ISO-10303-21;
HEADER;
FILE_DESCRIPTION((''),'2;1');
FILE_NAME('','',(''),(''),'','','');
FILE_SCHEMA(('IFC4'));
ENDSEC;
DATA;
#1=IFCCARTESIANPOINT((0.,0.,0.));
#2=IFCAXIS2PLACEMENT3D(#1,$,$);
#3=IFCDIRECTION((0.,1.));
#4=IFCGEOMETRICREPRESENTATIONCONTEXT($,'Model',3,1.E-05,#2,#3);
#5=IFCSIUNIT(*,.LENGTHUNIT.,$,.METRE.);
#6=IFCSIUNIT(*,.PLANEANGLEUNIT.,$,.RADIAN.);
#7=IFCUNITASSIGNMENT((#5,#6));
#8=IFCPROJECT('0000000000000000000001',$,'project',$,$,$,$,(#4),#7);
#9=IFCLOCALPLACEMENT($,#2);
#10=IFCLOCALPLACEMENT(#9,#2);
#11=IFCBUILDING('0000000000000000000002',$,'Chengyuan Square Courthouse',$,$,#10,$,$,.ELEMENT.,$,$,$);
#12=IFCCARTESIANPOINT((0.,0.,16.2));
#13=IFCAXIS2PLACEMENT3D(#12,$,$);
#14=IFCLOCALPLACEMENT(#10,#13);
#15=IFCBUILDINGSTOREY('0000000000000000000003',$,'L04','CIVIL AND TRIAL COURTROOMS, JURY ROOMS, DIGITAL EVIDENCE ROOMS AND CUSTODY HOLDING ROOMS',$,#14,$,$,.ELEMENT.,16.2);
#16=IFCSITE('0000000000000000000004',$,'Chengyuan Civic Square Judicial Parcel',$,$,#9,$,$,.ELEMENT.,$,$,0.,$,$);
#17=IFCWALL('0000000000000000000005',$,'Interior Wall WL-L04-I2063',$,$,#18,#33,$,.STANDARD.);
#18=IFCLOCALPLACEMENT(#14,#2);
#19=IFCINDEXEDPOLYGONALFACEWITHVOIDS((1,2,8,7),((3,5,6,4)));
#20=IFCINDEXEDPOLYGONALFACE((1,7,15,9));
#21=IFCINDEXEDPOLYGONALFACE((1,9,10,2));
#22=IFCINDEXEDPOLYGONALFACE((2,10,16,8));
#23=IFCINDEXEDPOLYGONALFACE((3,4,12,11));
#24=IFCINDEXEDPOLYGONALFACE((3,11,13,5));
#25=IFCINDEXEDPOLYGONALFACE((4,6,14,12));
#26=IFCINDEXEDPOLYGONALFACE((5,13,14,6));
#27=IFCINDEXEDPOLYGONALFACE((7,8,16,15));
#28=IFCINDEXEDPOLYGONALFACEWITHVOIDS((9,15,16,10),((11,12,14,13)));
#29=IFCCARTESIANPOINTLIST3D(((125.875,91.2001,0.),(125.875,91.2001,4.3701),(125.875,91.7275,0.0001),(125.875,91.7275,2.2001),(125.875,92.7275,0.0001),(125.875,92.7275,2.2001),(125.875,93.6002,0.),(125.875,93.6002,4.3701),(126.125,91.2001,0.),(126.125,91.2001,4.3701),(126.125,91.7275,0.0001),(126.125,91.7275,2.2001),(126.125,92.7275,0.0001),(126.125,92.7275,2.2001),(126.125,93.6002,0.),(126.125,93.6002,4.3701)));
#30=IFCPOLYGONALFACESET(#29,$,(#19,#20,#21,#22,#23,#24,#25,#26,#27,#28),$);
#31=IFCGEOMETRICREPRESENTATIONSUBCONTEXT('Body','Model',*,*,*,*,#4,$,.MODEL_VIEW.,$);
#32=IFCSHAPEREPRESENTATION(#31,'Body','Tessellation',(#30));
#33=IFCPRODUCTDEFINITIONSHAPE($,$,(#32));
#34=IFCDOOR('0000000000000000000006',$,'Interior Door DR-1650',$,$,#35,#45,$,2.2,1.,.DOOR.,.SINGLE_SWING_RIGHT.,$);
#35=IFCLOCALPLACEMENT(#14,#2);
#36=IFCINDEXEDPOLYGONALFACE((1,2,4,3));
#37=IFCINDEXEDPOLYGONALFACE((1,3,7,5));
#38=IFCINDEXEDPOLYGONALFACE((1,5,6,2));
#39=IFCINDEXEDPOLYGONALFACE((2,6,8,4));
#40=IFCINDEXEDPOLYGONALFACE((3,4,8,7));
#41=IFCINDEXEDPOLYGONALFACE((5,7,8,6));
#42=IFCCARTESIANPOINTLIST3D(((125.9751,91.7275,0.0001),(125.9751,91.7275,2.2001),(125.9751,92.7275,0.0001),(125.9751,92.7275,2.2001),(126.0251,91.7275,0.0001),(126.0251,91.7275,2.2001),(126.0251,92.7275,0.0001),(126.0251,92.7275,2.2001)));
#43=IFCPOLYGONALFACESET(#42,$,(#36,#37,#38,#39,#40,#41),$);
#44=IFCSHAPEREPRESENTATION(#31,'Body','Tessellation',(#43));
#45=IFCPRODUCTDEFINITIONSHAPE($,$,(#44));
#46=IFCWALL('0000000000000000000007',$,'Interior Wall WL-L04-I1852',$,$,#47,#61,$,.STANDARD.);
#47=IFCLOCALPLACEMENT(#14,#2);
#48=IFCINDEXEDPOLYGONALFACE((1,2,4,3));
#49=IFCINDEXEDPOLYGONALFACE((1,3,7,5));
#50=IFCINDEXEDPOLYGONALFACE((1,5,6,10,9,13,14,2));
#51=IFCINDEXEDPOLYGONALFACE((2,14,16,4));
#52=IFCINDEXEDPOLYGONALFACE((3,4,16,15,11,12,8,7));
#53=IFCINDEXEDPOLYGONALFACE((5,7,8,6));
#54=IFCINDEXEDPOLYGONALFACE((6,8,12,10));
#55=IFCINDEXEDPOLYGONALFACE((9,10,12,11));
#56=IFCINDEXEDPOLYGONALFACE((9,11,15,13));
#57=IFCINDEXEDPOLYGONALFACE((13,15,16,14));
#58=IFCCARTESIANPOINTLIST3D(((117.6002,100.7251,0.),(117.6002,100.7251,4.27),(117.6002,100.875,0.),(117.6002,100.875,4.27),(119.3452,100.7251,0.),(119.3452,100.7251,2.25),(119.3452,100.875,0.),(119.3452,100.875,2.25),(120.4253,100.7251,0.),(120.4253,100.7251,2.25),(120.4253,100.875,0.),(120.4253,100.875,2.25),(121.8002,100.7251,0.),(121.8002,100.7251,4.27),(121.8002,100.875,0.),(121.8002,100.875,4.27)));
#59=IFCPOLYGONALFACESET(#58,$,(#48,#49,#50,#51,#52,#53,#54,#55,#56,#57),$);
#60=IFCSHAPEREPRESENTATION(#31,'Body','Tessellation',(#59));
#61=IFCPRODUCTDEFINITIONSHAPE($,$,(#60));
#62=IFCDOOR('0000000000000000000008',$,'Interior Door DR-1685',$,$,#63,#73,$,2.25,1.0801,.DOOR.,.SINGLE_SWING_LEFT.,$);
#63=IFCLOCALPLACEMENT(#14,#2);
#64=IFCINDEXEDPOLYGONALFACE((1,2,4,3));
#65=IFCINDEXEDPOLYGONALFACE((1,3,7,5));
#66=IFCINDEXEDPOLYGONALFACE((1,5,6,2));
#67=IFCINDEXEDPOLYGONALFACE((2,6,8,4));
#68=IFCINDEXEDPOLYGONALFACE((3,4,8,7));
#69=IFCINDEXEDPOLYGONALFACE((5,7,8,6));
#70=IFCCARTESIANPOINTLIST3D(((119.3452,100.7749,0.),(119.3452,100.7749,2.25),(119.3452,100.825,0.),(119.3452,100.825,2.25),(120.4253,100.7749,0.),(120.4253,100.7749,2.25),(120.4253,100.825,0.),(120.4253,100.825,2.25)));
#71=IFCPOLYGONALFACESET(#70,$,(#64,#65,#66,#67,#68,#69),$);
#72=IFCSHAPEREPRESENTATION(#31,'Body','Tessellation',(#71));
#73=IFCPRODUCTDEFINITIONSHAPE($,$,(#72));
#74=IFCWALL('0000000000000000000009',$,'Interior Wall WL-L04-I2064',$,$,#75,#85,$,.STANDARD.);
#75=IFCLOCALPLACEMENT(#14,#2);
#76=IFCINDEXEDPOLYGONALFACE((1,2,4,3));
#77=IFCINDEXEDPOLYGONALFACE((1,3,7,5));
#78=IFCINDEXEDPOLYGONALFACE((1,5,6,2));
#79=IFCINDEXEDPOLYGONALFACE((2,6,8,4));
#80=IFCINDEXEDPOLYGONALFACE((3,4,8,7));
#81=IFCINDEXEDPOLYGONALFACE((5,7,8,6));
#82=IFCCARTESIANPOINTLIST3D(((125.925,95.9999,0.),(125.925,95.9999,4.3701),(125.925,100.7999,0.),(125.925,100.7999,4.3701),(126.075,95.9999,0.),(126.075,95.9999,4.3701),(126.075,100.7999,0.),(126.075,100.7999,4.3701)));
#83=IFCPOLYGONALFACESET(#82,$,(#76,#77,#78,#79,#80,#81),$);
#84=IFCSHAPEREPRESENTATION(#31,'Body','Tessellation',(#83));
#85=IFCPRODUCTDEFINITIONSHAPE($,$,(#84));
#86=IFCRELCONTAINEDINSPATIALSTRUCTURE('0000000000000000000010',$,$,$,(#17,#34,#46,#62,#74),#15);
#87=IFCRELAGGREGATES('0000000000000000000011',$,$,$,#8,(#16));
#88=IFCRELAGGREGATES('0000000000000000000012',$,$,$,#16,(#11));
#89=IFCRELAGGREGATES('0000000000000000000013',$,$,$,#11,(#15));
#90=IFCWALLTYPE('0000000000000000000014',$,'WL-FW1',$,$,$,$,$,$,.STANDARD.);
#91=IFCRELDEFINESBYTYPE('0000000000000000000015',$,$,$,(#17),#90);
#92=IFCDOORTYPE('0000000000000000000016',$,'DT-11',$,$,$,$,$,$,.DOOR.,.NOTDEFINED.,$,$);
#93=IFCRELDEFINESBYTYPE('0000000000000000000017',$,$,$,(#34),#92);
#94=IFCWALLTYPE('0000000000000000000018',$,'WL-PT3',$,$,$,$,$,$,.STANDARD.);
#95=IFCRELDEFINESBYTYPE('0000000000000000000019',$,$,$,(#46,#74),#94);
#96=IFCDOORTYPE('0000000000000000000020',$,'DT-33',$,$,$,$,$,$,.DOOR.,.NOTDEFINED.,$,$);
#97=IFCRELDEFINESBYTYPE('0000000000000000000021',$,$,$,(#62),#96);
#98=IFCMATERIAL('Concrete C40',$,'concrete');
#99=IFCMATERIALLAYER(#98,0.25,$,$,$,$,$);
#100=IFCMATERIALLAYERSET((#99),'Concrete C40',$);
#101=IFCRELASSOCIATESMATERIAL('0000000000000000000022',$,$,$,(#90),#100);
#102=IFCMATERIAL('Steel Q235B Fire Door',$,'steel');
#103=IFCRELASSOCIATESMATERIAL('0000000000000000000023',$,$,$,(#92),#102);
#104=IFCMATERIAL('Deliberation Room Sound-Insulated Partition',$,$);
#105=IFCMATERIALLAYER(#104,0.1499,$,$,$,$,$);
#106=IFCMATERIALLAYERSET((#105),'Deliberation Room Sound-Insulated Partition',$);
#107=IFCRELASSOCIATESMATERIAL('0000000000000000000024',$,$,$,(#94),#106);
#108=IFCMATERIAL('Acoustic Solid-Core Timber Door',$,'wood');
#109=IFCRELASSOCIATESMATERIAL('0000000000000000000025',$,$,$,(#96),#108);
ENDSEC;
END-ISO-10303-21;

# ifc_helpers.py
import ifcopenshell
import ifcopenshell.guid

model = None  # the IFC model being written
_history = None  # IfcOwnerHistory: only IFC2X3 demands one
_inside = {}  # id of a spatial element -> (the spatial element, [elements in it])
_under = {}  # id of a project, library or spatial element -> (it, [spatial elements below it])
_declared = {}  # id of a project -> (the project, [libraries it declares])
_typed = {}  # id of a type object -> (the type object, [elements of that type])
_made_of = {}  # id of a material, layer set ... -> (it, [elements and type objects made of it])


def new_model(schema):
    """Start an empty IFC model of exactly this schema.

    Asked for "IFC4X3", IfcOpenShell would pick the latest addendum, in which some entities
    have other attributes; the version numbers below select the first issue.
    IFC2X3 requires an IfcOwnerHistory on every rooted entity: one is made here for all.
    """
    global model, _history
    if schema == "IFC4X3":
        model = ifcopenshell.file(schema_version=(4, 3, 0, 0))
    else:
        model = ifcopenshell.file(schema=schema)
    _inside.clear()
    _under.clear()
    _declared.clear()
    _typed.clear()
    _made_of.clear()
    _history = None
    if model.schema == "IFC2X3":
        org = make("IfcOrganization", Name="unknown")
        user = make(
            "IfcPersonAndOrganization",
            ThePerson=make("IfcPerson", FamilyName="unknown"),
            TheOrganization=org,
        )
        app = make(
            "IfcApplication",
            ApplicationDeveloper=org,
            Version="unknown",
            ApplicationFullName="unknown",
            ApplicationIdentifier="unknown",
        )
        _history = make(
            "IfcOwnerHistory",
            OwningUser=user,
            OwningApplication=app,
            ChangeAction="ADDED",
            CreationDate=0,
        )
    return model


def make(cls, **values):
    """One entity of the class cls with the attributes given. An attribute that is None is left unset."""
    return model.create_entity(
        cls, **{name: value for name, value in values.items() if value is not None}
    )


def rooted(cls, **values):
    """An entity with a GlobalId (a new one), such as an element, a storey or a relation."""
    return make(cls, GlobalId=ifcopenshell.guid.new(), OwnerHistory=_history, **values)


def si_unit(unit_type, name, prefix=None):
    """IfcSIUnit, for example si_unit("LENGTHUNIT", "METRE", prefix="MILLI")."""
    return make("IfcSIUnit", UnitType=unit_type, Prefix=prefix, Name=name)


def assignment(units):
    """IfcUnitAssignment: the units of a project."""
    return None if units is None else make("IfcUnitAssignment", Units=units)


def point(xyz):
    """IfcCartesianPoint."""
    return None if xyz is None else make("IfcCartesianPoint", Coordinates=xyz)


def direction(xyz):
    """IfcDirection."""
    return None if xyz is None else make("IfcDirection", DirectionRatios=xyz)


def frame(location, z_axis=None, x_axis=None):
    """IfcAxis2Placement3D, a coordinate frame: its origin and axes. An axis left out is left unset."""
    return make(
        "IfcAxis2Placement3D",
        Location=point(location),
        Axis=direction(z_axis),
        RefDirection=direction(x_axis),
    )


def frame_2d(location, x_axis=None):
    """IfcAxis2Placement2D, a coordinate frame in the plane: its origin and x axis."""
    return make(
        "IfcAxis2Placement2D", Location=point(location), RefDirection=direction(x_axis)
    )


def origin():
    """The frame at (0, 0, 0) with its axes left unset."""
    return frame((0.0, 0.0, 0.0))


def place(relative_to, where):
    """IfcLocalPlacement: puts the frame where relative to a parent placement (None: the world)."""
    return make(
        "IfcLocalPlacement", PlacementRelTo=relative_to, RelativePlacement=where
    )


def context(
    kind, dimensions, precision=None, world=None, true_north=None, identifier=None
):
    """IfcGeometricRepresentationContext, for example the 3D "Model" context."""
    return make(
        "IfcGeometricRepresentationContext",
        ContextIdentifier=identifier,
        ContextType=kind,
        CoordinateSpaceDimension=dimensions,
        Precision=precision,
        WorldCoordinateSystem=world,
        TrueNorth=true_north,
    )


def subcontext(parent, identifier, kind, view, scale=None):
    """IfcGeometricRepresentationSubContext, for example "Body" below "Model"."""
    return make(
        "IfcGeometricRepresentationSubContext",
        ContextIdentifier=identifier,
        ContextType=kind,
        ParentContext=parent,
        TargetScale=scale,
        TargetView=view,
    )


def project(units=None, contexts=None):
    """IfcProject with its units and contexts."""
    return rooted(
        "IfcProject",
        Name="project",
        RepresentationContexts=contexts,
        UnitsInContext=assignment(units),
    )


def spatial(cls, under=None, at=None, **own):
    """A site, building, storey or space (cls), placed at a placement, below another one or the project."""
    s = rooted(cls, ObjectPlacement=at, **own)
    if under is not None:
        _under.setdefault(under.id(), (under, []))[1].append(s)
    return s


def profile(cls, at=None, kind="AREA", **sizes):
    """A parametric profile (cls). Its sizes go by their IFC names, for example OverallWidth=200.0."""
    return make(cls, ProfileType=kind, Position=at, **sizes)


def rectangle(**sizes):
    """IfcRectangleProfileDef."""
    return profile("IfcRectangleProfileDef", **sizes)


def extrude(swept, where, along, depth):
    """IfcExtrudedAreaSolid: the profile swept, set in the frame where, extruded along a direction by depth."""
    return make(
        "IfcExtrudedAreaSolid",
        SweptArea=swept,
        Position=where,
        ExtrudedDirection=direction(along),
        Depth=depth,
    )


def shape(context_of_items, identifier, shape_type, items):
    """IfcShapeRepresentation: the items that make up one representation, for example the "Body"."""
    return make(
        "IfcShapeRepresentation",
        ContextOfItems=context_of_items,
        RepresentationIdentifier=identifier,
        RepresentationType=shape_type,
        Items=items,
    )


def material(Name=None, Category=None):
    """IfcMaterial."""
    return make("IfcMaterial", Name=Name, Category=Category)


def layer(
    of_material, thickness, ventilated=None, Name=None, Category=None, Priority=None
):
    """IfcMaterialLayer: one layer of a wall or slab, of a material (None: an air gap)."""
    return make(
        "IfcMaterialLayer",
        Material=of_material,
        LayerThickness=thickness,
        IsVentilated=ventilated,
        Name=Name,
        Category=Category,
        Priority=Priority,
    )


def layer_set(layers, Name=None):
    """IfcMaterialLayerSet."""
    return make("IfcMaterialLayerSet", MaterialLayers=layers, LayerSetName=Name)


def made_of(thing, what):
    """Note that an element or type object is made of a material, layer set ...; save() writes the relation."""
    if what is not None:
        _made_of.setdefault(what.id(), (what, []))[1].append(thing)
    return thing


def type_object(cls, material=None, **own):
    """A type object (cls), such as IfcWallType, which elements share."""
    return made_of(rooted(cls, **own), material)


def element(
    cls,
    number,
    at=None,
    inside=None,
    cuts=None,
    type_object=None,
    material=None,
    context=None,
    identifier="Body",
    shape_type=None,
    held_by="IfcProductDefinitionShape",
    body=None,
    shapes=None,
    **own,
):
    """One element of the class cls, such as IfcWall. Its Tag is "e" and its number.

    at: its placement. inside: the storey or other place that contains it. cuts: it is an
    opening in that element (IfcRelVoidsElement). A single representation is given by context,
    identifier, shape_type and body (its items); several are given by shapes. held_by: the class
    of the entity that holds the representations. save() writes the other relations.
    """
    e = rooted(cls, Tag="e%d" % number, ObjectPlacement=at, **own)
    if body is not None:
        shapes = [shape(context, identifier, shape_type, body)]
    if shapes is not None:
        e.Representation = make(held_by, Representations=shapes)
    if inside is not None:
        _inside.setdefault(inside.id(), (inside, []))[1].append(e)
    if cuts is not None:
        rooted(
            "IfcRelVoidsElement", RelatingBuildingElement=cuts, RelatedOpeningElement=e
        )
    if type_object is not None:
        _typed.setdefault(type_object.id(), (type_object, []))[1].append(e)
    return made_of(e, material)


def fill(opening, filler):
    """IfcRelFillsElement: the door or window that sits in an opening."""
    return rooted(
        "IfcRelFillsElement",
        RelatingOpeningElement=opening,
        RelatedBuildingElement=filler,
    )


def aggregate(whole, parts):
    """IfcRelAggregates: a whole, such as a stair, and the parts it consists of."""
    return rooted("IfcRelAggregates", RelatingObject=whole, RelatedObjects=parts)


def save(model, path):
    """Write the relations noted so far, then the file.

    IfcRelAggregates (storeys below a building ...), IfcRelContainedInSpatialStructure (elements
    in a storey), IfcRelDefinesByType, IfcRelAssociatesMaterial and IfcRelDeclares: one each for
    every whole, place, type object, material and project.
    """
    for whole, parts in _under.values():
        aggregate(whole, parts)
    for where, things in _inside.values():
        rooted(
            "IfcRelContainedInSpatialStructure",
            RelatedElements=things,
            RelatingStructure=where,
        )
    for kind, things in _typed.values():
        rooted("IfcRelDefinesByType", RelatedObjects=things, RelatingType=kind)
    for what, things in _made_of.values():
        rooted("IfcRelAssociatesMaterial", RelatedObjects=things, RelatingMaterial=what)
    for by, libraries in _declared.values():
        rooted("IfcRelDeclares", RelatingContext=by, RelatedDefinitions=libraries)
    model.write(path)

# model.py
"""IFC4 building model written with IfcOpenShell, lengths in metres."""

from ifc_helpers import new_model, si_unit, direction, frame, frame_2d, origin, place, context, subcontext, project, spatial, rectangle, extrude, material, layer, layer_set, type_object, element, fill, save


model = new_model("IFC4")

# Units and contexts
model_context = context("Model", 3, precision=1e-05, world=origin(), true_north=direction((0.0, 1.0)))
body_context = subcontext(model_context, "Body", "Model", "MODEL_VIEW")
ifc_project = project(units=[si_unit("LENGTHUNIT", "METRE"), si_unit("PLANEANGLEUNIT", "RADIAN")], contexts=[model_context])

# Site, building, storey
site_placement = place(None, origin())
site = spatial("IfcSite", under=ifc_project, at=site_placement, Name="Chengyuan Civic Square Judicial Parcel", CompositionType="ELEMENT", RefElevation=0.0)
building_placement = place(site_placement, origin())
building = spatial("IfcBuilding", under=site, at=building_placement, Name="Chengyuan Square Courthouse", CompositionType="ELEMENT")
storey_placement = place(building_placement, frame((0.0, 0.0, 16.2)))
storey = spatial("IfcBuildingStorey", under=building, at=storey_placement, Name="L04", Description="CIVIL AND TRIAL COURTROOMS, JURY ROOMS, DIGITAL EVIDENCE ROOMS AND CUSTODY HOLDING ROOMS", CompositionType="ELEMENT", Elevation=16.2)

# Shared definitions
ifc_material_1 = material(Name="Concrete C40", Category="concrete")

# Shared definitions
ifc_layer_1 = layer(ifc_material_1, 0.25)
ifc_layer_set_1 = layer_set([ifc_layer_1], Name="Concrete C40")
wall_type_1 = type_object("IfcWallType", Name="WL-FW1", PredefinedType="STANDARD", material=ifc_layer_set_1)

# Walls, openings, doors
ifc_material_2 = material(Name="Steel Q235B Fire Door", Category="steel")
door_type_1 = type_object("IfcDoorType", Name="DT-11", OperationType="NOTDEFINED", PredefinedType="DOOR", material=ifc_material_2)
wall_1_placement = place(storey_placement, frame((126.0, 91.2, 0.0), z_axis=(0.0, 0.0, 1.0), x_axis=(0.0, 1.0, 0.0)))
wall_1 = element("IfcWall", 1, at=wall_1_placement, inside=storey, type_object=wall_type_1, Name="Interior Wall WL-L04-I2063", PredefinedType="STANDARD", context=body_context, shape_type="SweptSolid", body=[
    extrude(rectangle(XDim=2.4001, YDim=0.25, at=frame_2d((1.2002, 0.0))), origin(), (0.0, 0.0, 1.0), 4.3701),
])
opening_1_placement = place(wall_1_placement, frame((0.5276, 0.0, 0.0)))
opening_1 = element("IfcOpeningElement", 2, at=opening_1_placement, cuts=wall_1, PredefinedType="OPENING", context=body_context, shape_type="SweptSolid", body=[
    extrude(rectangle(XDim=1.0, YDim=2.2, at=frame_2d((0.5, 1.1001))), frame((0.0, 0.137, 0.0), z_axis=(0.0, -1.0, 0.0), x_axis=(1.0, 0.0, 0.0)), (0.0, 0.0, 1.0), 0.2739),
])
door_1_placement = place(opening_1_placement, origin())
door_1 = element("IfcDoor", 3, at=door_1_placement, inside=storey, type_object=door_type_1, Name="Interior Door DR-1650", OperationType="SINGLE_SWING_RIGHT", OverallHeight=2.2, OverallWidth=1.0, PredefinedType="DOOR", context=body_context, shape_type="SweptSolid", body=[
    extrude(rectangle(XDim=1.0, YDim=2.2, at=frame_2d((0.5, 1.1001))), frame((0.0, 0.0249, 0.0), z_axis=(0.0, -1.0, 0.0), x_axis=(1.0, 0.0, 0.0)), (0.0, 0.0, 1.0), 0.05),
])
fill(opening_1, door_1)
ifc_material_3 = material(Name="Deliberation Room Sound-Insulated Partition")
ifc_layer_2 = layer(ifc_material_3, 0.1499)
ifc_layer_set_2 = layer_set([ifc_layer_2], Name="Deliberation Room Sound-Insulated Partition")
wall_type_2 = type_object("IfcWallType", Name="WL-PT3", PredefinedType="STANDARD", material=ifc_layer_set_2)
wall_2_placement = place(storey_placement, frame((117.6001, 100.8, 0.0), z_axis=(0.0, 0.0, 1.0), x_axis=(1.0, 0.0, 0.0)))
wall_2 = element("IfcWall", 4, at=wall_2_placement, inside=storey, type_object=wall_type_2, Name="Interior Wall WL-L04-I1852", PredefinedType="STANDARD", context=body_context, shape_type="SweptSolid", body=[
    extrude(rectangle(XDim=4.2, YDim=0.1499, at=frame_2d((2.1001, 0.0))), origin(), (0.0, 0.0, 1.0), 4.27),
])
opening_2_placement = place(wall_2_placement, frame((1.7451, 0.0, 0.0)))
opening_2 = element("IfcOpeningElement", 5, at=opening_2_placement, cuts=wall_2, PredefinedType="OPENING", context=body_context, shape_type="SweptSolid", body=[
    extrude(rectangle(XDim=1.0801, YDim=2.25, at=frame_2d((0.54, 1.125))), frame((0.0, 0.0869, 0.0), z_axis=(0.0, -1.0, 0.0), x_axis=(1.0, 0.0, 0.0)), (0.0, 0.0, 1.0), 0.1738),
])
ifc_material_4 = material(Name="Acoustic Solid-Core Timber Door", Category="wood")
door_type_2 = type_object("IfcDoorType", Name="DT-33", OperationType="NOTDEFINED", PredefinedType="DOOR", material=ifc_material_4)
door_2_placement = place(opening_2_placement, origin())
door_2 = element("IfcDoor", 6, at=door_2_placement, inside=storey, type_object=door_type_2, Name="Interior Door DR-1685", OperationType="SINGLE_SWING_LEFT", OverallHeight=2.25, OverallWidth=1.0801, PredefinedType="DOOR", context=body_context, shape_type="SweptSolid", body=[
    extrude(rectangle(XDim=1.0801, YDim=2.25, at=frame_2d((0.54, 1.125))), frame((0.0, 0.0249, 0.0), z_axis=(0.0, -1.0, 0.0), x_axis=(1.0, 0.0, 0.0)), (0.0, 0.0, 1.0), 0.05),
])
fill(opening_2, door_2)

# Wall
wall_3_placement = place(storey_placement, frame((126.0, 96.0, 0.0), z_axis=(0.0, 0.0, 1.0), x_axis=(0.0, 1.0, 0.0)))
element("IfcWall", 7, at=wall_3_placement, inside=storey, type_object=wall_type_2, Name="Interior Wall WL-L04-I2064", PredefinedType="STANDARD", context=body_context, shape_type="SweptSolid", body=[
    extrude(rectangle(XDim=4.8, YDim=0.1499, at=frame_2d((2.3999, 0.0))), origin(), (0.0, 0.0, 1.0), 4.3701),
])

save(model, "model.ifc")
